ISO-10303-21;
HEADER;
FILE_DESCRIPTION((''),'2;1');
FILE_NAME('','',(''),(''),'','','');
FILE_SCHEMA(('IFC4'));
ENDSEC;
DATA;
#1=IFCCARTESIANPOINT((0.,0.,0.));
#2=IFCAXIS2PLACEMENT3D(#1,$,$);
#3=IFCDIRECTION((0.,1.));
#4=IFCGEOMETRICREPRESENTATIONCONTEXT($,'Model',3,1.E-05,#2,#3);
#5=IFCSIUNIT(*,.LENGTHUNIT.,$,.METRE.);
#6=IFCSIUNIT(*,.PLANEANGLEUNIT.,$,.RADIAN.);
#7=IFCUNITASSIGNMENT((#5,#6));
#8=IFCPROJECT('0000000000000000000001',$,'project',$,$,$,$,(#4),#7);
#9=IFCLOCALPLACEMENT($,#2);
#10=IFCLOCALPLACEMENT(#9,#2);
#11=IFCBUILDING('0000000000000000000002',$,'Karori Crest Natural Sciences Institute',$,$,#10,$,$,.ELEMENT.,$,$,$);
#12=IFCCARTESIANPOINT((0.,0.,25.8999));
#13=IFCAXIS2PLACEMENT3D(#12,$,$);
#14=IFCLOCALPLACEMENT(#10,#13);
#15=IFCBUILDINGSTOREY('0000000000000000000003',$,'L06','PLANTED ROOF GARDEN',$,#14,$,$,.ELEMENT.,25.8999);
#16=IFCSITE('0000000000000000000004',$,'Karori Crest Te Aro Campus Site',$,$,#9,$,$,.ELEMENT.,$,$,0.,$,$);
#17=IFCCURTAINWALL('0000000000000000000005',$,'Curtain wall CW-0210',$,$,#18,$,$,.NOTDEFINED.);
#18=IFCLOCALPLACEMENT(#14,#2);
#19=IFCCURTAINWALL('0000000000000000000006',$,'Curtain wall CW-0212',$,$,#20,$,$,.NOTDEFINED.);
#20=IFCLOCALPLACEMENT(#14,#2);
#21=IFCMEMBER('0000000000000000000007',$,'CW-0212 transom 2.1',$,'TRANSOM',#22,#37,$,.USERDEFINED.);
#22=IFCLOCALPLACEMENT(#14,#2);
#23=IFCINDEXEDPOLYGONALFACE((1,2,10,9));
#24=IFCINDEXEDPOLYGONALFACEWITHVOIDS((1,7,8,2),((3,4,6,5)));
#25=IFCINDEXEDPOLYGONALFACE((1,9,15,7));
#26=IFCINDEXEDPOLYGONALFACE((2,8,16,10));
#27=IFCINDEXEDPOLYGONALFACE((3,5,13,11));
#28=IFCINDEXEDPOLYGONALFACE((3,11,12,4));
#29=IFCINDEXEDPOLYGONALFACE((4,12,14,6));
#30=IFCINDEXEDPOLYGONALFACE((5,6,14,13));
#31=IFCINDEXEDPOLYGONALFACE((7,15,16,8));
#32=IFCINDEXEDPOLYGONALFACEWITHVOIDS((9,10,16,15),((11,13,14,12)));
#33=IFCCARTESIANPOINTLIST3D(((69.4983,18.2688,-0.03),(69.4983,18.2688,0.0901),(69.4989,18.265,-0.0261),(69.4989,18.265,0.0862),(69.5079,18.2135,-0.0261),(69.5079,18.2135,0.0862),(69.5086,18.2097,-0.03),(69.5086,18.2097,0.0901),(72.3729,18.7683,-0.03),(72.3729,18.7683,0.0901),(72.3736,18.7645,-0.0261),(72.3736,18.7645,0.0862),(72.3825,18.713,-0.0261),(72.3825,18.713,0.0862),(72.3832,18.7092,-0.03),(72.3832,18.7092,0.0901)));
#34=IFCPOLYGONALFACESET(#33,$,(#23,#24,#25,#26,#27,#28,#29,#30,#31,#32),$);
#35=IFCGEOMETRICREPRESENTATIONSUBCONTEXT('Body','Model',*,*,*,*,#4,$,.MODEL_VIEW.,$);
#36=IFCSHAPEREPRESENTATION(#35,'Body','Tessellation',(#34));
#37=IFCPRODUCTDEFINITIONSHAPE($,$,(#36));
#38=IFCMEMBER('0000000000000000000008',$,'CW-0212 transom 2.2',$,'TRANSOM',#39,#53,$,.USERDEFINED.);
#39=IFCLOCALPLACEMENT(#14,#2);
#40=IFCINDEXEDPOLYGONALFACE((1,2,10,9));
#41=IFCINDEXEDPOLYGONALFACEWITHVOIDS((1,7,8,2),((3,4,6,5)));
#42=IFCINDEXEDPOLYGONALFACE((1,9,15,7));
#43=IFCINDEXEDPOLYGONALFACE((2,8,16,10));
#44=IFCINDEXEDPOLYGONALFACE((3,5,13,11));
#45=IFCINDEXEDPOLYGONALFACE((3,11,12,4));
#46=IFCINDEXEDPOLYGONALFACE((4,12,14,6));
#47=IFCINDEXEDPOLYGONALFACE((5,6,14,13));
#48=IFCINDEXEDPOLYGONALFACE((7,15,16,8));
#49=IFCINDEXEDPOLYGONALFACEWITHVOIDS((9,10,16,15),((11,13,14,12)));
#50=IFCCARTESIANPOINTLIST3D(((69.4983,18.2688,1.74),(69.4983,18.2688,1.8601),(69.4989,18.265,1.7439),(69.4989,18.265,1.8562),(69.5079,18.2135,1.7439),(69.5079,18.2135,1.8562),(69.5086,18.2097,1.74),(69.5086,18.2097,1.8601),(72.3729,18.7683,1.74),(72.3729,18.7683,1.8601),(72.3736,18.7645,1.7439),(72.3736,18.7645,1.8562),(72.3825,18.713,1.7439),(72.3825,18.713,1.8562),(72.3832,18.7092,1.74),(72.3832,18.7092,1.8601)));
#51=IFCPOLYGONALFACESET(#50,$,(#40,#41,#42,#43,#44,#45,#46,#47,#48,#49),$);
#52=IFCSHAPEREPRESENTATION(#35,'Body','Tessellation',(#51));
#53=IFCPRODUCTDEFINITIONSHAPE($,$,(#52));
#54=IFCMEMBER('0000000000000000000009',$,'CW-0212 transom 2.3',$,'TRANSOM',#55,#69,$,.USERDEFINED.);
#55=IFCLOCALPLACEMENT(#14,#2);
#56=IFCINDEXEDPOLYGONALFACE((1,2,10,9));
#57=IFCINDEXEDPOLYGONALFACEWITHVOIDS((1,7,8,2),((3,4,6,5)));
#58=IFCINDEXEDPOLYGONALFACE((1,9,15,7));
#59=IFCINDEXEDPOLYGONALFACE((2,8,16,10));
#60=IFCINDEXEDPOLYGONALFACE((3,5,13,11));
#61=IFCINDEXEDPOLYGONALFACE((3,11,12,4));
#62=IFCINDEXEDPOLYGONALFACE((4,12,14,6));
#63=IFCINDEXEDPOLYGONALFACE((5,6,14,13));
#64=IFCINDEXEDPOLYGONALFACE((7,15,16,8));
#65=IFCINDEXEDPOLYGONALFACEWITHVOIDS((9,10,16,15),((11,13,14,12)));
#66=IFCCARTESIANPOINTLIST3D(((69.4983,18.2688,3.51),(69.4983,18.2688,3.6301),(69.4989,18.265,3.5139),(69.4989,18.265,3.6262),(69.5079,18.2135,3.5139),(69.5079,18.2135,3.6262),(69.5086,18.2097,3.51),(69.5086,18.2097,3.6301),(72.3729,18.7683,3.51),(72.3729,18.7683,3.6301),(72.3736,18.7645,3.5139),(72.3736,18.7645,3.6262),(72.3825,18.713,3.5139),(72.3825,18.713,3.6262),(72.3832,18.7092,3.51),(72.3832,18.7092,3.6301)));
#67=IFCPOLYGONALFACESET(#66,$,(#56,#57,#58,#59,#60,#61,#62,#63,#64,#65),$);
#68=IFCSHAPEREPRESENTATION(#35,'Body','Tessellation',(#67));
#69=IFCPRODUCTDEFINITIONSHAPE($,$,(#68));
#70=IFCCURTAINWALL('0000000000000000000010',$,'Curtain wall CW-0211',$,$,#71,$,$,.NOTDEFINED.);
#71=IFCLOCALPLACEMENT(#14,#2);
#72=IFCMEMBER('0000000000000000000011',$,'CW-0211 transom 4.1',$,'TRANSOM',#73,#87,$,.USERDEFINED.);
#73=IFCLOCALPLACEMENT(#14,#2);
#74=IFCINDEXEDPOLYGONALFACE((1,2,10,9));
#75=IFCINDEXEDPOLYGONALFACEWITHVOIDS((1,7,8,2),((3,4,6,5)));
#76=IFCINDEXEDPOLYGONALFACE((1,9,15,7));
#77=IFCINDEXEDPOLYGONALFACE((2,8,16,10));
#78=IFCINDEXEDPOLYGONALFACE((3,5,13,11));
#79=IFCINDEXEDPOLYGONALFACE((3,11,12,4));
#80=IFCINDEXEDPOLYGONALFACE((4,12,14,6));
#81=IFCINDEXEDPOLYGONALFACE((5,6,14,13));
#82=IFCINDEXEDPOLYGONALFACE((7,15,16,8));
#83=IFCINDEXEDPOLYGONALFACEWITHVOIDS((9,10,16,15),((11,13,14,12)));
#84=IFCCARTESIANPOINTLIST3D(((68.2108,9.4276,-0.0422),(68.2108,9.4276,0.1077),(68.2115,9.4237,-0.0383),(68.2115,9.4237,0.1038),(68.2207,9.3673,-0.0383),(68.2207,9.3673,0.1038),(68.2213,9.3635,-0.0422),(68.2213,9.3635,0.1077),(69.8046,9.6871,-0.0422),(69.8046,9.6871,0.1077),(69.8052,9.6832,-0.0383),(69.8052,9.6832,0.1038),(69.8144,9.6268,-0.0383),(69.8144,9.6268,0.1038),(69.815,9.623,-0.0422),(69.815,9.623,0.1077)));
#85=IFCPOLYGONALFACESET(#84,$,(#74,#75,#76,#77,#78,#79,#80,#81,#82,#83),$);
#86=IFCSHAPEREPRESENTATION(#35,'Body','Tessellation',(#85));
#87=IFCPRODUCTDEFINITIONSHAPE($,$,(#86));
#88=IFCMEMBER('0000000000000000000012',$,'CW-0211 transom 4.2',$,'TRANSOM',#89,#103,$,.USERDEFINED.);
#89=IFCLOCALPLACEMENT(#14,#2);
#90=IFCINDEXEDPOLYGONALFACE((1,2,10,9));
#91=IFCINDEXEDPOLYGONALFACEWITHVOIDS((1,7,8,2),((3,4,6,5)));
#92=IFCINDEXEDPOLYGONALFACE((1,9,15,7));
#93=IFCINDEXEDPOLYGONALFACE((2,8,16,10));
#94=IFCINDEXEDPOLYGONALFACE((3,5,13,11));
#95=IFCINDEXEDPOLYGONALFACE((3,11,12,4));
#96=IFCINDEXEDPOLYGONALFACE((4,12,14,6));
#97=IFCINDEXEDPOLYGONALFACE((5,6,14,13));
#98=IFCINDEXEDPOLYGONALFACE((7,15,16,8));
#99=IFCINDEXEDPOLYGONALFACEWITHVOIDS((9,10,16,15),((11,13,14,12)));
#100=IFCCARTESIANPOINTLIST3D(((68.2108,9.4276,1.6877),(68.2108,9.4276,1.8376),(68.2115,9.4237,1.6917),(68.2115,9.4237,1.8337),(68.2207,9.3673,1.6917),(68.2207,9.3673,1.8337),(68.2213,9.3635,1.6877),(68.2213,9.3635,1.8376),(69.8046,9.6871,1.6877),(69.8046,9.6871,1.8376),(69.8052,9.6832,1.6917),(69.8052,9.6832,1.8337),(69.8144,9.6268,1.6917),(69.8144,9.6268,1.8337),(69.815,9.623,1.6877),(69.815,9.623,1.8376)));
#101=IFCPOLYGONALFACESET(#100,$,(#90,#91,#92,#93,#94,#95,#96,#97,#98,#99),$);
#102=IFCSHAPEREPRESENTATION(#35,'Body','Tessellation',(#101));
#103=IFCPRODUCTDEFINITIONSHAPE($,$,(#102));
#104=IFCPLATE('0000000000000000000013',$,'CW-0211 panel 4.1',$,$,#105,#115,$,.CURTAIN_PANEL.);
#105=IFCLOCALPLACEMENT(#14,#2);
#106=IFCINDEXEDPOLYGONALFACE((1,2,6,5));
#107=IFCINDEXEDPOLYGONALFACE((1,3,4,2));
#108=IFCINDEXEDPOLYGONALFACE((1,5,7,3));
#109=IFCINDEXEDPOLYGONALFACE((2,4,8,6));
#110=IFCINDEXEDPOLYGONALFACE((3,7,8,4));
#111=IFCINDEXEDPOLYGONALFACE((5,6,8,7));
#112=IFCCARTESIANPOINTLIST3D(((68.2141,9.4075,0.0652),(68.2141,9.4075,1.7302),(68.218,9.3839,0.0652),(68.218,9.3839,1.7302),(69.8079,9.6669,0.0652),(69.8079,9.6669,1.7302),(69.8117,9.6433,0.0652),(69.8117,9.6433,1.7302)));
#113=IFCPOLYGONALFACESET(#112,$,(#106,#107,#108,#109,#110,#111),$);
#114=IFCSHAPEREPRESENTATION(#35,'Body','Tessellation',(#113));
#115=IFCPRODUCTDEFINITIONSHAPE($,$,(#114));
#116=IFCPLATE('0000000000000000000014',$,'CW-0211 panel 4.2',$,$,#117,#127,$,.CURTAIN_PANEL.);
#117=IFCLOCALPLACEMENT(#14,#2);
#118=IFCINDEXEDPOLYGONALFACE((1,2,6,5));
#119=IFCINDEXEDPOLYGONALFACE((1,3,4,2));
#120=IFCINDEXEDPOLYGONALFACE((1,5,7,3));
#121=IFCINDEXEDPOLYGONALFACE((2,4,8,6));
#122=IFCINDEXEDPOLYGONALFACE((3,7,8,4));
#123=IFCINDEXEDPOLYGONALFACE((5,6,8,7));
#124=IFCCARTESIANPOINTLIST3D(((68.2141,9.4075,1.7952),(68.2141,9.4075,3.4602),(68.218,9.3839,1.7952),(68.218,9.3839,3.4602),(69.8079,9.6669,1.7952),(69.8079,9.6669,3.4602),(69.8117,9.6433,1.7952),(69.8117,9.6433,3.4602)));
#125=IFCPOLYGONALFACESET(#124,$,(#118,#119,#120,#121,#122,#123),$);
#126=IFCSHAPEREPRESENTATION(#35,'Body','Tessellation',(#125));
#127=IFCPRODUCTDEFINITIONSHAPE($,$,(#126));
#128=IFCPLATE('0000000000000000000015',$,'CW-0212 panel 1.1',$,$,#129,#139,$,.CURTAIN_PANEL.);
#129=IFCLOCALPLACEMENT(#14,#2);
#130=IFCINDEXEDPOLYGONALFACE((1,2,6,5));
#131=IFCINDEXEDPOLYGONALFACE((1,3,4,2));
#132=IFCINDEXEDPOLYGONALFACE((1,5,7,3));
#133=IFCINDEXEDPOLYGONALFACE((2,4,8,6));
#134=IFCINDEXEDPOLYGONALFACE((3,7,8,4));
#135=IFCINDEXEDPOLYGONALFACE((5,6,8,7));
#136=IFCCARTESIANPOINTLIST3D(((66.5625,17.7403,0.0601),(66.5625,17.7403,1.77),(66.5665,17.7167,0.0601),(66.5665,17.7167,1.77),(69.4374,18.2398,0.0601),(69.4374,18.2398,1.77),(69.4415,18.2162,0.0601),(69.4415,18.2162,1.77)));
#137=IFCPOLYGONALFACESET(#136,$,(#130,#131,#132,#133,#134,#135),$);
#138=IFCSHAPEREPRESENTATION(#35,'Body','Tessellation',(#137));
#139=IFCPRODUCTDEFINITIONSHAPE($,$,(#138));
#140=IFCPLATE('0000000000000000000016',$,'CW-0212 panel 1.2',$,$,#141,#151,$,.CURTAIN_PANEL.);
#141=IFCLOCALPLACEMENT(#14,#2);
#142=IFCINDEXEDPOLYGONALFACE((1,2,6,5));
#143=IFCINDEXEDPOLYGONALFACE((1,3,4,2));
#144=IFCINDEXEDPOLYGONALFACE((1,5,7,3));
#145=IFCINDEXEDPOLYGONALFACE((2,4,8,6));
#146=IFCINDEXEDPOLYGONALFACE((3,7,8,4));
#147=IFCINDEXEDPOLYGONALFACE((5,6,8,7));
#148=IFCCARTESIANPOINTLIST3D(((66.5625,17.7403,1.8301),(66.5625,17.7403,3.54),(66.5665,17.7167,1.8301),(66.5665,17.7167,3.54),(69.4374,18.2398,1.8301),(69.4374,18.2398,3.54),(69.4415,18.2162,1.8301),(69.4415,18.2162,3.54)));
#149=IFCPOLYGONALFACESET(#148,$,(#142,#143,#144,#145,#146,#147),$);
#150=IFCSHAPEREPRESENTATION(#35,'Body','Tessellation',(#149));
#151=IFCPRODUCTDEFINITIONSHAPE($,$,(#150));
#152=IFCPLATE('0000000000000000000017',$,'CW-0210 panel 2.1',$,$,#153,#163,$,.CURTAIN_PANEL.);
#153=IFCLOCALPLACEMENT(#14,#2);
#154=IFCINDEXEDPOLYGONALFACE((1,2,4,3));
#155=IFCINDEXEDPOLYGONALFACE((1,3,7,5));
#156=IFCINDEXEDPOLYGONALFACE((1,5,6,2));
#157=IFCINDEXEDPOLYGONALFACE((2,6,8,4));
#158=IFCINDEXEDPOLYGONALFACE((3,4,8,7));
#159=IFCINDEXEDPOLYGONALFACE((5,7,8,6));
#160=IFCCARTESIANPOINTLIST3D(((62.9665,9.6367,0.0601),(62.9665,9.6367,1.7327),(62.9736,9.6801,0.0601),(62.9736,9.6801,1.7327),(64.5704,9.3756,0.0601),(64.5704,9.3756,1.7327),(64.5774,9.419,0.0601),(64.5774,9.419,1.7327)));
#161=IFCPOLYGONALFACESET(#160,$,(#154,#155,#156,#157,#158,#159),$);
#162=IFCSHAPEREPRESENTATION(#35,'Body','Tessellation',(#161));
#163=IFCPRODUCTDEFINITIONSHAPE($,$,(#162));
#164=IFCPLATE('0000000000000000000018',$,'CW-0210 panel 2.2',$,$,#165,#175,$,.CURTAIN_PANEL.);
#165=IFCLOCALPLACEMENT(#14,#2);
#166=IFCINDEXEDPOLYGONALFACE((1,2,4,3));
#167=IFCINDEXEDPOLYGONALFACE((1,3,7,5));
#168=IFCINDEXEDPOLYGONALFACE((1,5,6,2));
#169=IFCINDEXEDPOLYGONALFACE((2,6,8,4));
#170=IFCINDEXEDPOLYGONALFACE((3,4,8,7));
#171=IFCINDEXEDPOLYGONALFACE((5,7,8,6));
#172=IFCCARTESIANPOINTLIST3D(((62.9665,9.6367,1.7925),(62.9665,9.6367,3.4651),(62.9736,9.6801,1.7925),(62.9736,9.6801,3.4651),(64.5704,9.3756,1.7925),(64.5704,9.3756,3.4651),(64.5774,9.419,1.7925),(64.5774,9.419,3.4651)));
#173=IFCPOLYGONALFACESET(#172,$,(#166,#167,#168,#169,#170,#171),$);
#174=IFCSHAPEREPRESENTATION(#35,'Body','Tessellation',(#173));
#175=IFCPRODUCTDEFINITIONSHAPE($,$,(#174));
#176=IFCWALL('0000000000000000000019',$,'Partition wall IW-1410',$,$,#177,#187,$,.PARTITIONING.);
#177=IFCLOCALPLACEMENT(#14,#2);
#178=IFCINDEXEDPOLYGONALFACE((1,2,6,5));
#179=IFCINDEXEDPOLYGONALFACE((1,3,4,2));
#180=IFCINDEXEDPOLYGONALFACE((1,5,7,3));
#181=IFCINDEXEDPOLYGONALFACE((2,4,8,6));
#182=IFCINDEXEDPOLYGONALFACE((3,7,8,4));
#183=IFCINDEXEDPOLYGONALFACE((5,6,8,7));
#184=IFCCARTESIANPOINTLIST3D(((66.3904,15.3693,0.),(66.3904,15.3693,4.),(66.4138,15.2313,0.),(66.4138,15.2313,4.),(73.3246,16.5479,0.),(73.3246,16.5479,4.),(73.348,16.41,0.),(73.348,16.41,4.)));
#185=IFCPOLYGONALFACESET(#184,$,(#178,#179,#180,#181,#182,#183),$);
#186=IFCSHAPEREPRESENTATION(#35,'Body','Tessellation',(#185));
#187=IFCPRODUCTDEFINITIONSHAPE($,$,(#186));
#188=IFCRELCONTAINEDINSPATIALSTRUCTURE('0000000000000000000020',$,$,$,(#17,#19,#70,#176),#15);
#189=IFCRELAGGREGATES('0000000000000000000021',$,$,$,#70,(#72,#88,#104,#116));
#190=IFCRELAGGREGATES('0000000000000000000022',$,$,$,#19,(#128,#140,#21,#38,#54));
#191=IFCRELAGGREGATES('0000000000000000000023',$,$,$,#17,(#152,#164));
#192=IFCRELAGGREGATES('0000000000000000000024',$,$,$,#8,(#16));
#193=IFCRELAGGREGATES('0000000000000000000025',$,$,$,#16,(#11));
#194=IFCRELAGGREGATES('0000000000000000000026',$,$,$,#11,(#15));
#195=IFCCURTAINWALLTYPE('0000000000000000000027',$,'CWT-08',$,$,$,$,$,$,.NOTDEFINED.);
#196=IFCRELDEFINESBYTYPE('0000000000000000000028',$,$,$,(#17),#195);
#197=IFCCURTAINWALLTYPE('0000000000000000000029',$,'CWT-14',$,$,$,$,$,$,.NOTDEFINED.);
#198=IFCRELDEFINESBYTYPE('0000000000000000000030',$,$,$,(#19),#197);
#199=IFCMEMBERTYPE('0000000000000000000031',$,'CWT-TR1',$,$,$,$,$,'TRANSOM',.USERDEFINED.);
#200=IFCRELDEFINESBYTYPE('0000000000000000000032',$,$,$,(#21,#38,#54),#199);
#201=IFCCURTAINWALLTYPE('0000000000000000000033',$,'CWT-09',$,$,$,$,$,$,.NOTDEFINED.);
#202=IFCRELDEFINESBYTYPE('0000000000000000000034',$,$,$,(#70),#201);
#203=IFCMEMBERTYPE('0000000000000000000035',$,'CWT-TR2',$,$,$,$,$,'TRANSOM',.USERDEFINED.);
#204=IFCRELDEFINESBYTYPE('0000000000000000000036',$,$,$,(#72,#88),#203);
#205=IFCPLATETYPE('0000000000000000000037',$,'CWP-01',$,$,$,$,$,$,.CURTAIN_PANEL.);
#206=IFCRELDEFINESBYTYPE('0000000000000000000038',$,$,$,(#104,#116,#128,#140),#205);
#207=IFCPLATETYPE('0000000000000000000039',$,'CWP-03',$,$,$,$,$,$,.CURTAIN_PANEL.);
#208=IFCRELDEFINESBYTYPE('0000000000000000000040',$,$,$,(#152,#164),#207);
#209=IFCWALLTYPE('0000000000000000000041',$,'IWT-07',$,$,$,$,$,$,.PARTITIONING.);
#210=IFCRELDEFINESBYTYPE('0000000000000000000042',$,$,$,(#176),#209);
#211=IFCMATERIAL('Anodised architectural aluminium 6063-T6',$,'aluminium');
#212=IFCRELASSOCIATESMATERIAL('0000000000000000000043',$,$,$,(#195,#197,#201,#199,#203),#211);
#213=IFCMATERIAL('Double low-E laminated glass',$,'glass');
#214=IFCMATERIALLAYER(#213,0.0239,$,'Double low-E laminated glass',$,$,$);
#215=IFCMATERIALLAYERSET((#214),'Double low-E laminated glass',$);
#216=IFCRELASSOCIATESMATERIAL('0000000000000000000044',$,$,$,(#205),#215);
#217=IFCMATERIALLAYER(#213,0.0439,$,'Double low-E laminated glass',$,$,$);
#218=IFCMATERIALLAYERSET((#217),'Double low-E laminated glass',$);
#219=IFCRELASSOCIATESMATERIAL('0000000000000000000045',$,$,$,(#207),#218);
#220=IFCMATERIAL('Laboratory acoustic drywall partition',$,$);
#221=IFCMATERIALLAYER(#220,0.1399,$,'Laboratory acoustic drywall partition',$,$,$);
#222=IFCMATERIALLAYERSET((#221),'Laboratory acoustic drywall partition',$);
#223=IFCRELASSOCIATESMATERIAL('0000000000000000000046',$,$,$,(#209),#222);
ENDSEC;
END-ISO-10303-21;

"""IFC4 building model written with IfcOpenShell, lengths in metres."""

from ifc_helpers import new_model, si_unit, direction, frame, frame_2d, origin, origin_2d, place, context, subcontext, project, spatial, rectangle, hollow_rectangle, extrude, material, layer, layer_set, material_profile, profile_set, type_object, element, aggregate, save


model = new_model("IFC4")

# Units and contexts
model_context = context("Model", 3, precision=1e-05, world=origin(), true_north=direction((0.0, 1.0)))
body_context = subcontext(model_context, "Body", "Model", "MODEL_VIEW")
ifc_project = project(units=[si_unit("LENGTHUNIT", "METRE"), si_unit("PLANEANGLEUNIT", "RADIAN")], contexts=[model_context])

# Site, building, storey
site_placement = place(None, origin())
site = spatial("IfcSite", under=ifc_project, at=site_placement, Name="Karori Crest Te Aro Campus Site", CompositionType="ELEMENT", RefElevation=0.0)
building_placement = place(site_placement, origin())
building = spatial("IfcBuilding", under=site, at=building_placement, Name="Karori Crest Natural Sciences Institute", CompositionType="ELEMENT")
storey_placement = place(building_placement, frame((0.0, 0.0, 25.8999)))
storey = spatial("IfcBuildingStorey", under=building, at=storey_placement, Name="L06", Description="PLANTED ROOF GARDEN", CompositionType="ELEMENT", Elevation=25.8999)

# Curtain wall
ifc_material_1 = material(Name="Anodised architectural aluminium 6063-T6", Category="aluminium")
curtain_wall_type_1 = type_object("IfcCurtainWallType", Name="CWT-08", PredefinedType="NOTDEFINED", material=ifc_material_1)
curtain_wall_1_placement = place(storey_placement, origin())
curtain_wall_1 = element("IfcCurtainWall", 1, at=curtain_wall_1_placement, inside=storey, type_object=curtain_wall_type_1, Name="Curtain wall CW-0210", PredefinedType="NOTDEFINED")

# Curtain wall
curtain_wall_type_2 = type_object("IfcCurtainWallType", Name="CWT-14", PredefinedType="NOTDEFINED", material=ifc_material_1)
curtain_wall_2_placement = place(storey_placement, origin())
curtain_wall_2 = element("IfcCurtainWall", 2, at=curtain_wall_2_placement, inside=storey, type_object=curtain_wall_type_2, Name="Curtain wall CW-0212", PredefinedType="NOTDEFINED")

# Members
ifc_material_profile_1 = material_profile(ifc_material_1, hollow_rectangle(XDim=0.0601, YDim=0.1201, WallThickness=0.0039, at=origin_2d()), Name="CWT120x60x4")
ifc_profile_set_1 = profile_set([ifc_material_profile_1], Name="Anodised architectural aluminium 6063-T6")
member_type_1 = type_object("IfcMemberType", Name="CWT-TR1", ElementType="TRANSOM", PredefinedType="USERDEFINED", material=ifc_profile_set_1)
member_1_placement = place(storey_placement, frame((69.5034, 18.2393, 0.03), z_axis=(0.985238, 0.171193, 0.0), x_axis=(-0.171193, 0.985238, 0.0)))
member_1 = element("IfcMember", 3, at=member_1_placement, type_object=member_type_1, Name="CW-0212 transom 2.1", ObjectType="TRANSOM", PredefinedType="USERDEFINED", context=body_context, shape_type="SweptSolid", body=[
    extrude(hollow_rectangle(XDim=0.0601, YDim=0.1201, WallThickness=0.0039, at=origin_2d()), origin(), (0.0, 0.0, 1.0), 2.9177),
])
member_2_placement = place(storey_placement, frame((69.5034, 18.2393, 1.8), z_axis=(0.985238, 0.171193, 0.0), x_axis=(-0.171193, 0.985238, 0.0)))
member_2 = element("IfcMember", 4, at=member_2_placement, type_object=member_type_1, Name="CW-0212 transom 2.2", ObjectType="TRANSOM", PredefinedType="USERDEFINED", context=body_context, shape_type="SweptSolid", body=[
    extrude(hollow_rectangle(XDim=0.0601, YDim=0.1201, WallThickness=0.0039, at=origin_2d()), origin(), (0.0, 0.0, 1.0), 2.9177),
])
member_3_placement = place(storey_placement, frame((69.5034, 18.2393, 3.5701), z_axis=(0.985238, 0.171193, 0.0), x_axis=(-0.171193, 0.985238, 0.0)))
member_3 = element("IfcMember", 5, at=member_3_placement, type_object=member_type_1, Name="CW-0212 transom 2.3", ObjectType="TRANSOM", PredefinedType="USERDEFINED", context=body_context, shape_type="SweptSolid", body=[
    extrude(hollow_rectangle(XDim=0.0601, YDim=0.1201, WallThickness=0.0039, at=origin_2d()), origin(), (0.0, 0.0, 1.0), 2.9177),
])

# Curtain wall, members, plates
curtain_wall_type_3 = type_object("IfcCurtainWallType", Name="CWT-09", PredefinedType="NOTDEFINED", material=ifc_material_1)
curtain_wall_3_placement = place(storey_placement, origin())
curtain_wall_3 = element("IfcCurtainWall", 6, at=curtain_wall_3_placement, inside=storey, type_object=curtain_wall_type_3, Name="Curtain wall CW-0211", PredefinedType="NOTDEFINED")
ifc_material_profile_2 = material_profile(ifc_material_1, hollow_rectangle(XDim=0.0649, YDim=0.1499, WallThickness=0.0039, at=origin_2d()), Name="CWT150x65x4")
ifc_profile_set_2 = profile_set([ifc_material_profile_2], Name="Anodised architectural aluminium 6063-T6")
member_type_2 = type_object("IfcMemberType", Name="CWT-TR2", ElementType="TRANSOM", PredefinedType="USERDEFINED", material=ifc_profile_set_2)
member_4_placement = place(storey_placement, frame((69.8098, 9.655, 0.0327), z_axis=(-0.987, -0.16072, 0.0), x_axis=(0.16072, -0.987, 0.0)))
member_4 = element("IfcMember", 7, at=member_4_placement, type_object=member_type_2, Name="CW-0211 transom 4.1", ObjectType="TRANSOM", PredefinedType="USERDEFINED", context=body_context, shape_type="SweptSolid", body=[
    extrude(hollow_rectangle(XDim=0.0649, YDim=0.1499, WallThickness=0.0039, at=origin_2d()), origin(), (0.0, 0.0, 1.0), 1.6147),
])
member_5_placement = place(storey_placement, frame((69.8098, 9.655, 1.7627), z_axis=(-0.987, -0.16072, 0.0), x_axis=(0.16072, -0.987, 0.0)))
member_5 = element("IfcMember", 8, at=member_5_placement, type_object=member_type_2, Name="CW-0211 transom 4.2", ObjectType="TRANSOM", PredefinedType="USERDEFINED", context=body_context, shape_type="SweptSolid", body=[
    extrude(hollow_rectangle(XDim=0.0649, YDim=0.1499, WallThickness=0.0039, at=origin_2d()), origin(), (0.0, 0.0, 1.0), 1.6147),
])
ifc_material_2 = material(Name="Double low-E laminated glass", Category="glass")
ifc_layer_1 = layer(ifc_material_2, 0.0239, Name="Double low-E laminated glass")
ifc_layer_set_1 = layer_set([ifc_layer_1], Name="Double low-E laminated glass")
plate_type_1 = type_object("IfcPlateType", Name="CWP-01", PredefinedType="CURTAIN_PANEL", material=ifc_layer_set_1)
plate_1_placement = place(storey_placement, frame((69.0129, 9.5254, 0.0652), z_axis=(0.0, 0.0, 1.0), x_axis=(-0.987011, -0.16065, 0.0)))
plate_1 = element("IfcPlate", 9, at=plate_1_placement, type_object=plate_type_1, Name="CW-0211 panel 4.1", PredefinedType="CURTAIN_PANEL", context=body_context, shape_type="SweptSolid", body=[
    extrude(rectangle(XDim=1.6147, YDim=0.0239, at=origin_2d()), origin(), (0.0, 0.0, 1.0), 1.665),
])
plate_2_placement = place(storey_placement, frame((69.0129, 9.5254, 1.7952), z_axis=(0.0, 0.0, 1.0), x_axis=(-0.987011, -0.16065, 0.0)))
plate_2 = element("IfcPlate", 10, at=plate_2_placement, type_object=plate_type_1, Name="CW-0211 panel 4.2", PredefinedType="CURTAIN_PANEL", context=body_context, shape_type="SweptSolid", body=[
    extrude(rectangle(XDim=1.6147, YDim=0.0239, at=origin_2d()), origin(), (0.0, 0.0, 1.0), 1.665),
])
aggregate(curtain_wall_3, [member_4, member_5, plate_1, plate_2])

# Plates
plate_3_placement = place(storey_placement, frame((68.002, 17.9783, 0.0601), z_axis=(0.0, 0.0, 1.0), x_axis=(0.985241, 0.171174, 0.0)))
plate_3 = element("IfcPlate", 11, at=plate_3_placement, type_object=plate_type_1, Name="CW-0212 panel 1.1", PredefinedType="CURTAIN_PANEL", context=body_context, shape_type="SweptSolid", body=[
    extrude(rectangle(XDim=2.918, YDim=0.0239, at=origin_2d()), origin(), (0.0, 0.0, 1.0), 1.71),
])
plate_4_placement = place(storey_placement, frame((68.002, 17.9783, 1.8301), z_axis=(0.0, 0.0, 1.0), x_axis=(0.985241, 0.171174, 0.0)))
plate_4 = element("IfcPlate", 12, at=plate_4_placement, type_object=plate_type_1, Name="CW-0212 panel 1.2", PredefinedType="CURTAIN_PANEL", context=body_context, shape_type="SweptSolid", body=[
    extrude(rectangle(XDim=2.918, YDim=0.0239, at=origin_2d()), origin(), (0.0, 0.0, 1.0), 1.71),
])
aggregate(curtain_wall_2, [plate_3, plate_4, member_1, member_2, member_3])
ifc_layer_2 = layer(ifc_material_2, 0.0439, Name="Double low-E laminated glass")
ifc_layer_set_2 = layer_set([ifc_layer_2], Name="Double low-E laminated glass")
plate_type_2 = type_object("IfcPlateType", Name="CWP-03", PredefinedType="CURTAIN_PANEL", material=ifc_layer_set_2)
plate_5_placement = place(storey_placement, frame((63.772, 9.5278, 0.0601), z_axis=(0.0, 0.0, 1.0), x_axis=(-0.987011, 0.160655, 0.0)))
plate_5 = element("IfcPlate", 13, at=plate_5_placement, type_object=plate_type_2, Name="CW-0210 panel 2.1", PredefinedType="CURTAIN_PANEL", context=body_context, shape_type="SweptSolid", body=[
    extrude(rectangle(XDim=1.625, YDim=0.0439, at=origin_2d()), origin(), (0.0, 0.0, 1.0), 1.6726),
])
plate_6_placement = place(storey_placement, frame((63.772, 9.5278, 1.7925), z_axis=(0.0, 0.0, 1.0), x_axis=(-0.987011, 0.160655, 0.0)))
plate_6 = element("IfcPlate", 14, at=plate_6_placement, type_object=plate_type_2, Name="CW-0210 panel 2.2", PredefinedType="CURTAIN_PANEL", context=body_context, shape_type="SweptSolid", body=[
    extrude(rectangle(XDim=1.625, YDim=0.0439, at=origin_2d()), origin(), (0.0, 0.0, 1.0), 1.6726),
])
aggregate(curtain_wall_1, [plate_5, plate_6])

# Wall
ifc_material_3 = material(Name="Laboratory acoustic drywall partition")
ifc_layer_3 = layer(ifc_material_3, 0.1399, Name="Laboratory acoustic drywall partition")
ifc_layer_set_3 = layer_set([ifc_layer_3], Name="Laboratory acoustic drywall partition")
wall_type = type_object("IfcWallType", Name="IWT-07", PredefinedType="PARTITIONING", material=ifc_layer_set_3)
wall_placement = place(storey_placement, frame((66.4021, 15.3003, 0.0), z_axis=(0.0, 0.0, 1.0), x_axis=(0.985859, 0.167578, 0.0)))
element("IfcWall", 15, at=wall_placement, inside=storey, type_object=wall_type, Name="Partition wall IW-1410", PredefinedType="PARTITIONING", context=body_context, shape_type="SweptSolid", body=[
    extrude(rectangle(XDim=7.0337, YDim=0.1399, at=frame_2d((3.5168, 0.0))), origin(), (0.0, 0.0, 1.0), 4.0),
])

save(model, "model.ifc")
